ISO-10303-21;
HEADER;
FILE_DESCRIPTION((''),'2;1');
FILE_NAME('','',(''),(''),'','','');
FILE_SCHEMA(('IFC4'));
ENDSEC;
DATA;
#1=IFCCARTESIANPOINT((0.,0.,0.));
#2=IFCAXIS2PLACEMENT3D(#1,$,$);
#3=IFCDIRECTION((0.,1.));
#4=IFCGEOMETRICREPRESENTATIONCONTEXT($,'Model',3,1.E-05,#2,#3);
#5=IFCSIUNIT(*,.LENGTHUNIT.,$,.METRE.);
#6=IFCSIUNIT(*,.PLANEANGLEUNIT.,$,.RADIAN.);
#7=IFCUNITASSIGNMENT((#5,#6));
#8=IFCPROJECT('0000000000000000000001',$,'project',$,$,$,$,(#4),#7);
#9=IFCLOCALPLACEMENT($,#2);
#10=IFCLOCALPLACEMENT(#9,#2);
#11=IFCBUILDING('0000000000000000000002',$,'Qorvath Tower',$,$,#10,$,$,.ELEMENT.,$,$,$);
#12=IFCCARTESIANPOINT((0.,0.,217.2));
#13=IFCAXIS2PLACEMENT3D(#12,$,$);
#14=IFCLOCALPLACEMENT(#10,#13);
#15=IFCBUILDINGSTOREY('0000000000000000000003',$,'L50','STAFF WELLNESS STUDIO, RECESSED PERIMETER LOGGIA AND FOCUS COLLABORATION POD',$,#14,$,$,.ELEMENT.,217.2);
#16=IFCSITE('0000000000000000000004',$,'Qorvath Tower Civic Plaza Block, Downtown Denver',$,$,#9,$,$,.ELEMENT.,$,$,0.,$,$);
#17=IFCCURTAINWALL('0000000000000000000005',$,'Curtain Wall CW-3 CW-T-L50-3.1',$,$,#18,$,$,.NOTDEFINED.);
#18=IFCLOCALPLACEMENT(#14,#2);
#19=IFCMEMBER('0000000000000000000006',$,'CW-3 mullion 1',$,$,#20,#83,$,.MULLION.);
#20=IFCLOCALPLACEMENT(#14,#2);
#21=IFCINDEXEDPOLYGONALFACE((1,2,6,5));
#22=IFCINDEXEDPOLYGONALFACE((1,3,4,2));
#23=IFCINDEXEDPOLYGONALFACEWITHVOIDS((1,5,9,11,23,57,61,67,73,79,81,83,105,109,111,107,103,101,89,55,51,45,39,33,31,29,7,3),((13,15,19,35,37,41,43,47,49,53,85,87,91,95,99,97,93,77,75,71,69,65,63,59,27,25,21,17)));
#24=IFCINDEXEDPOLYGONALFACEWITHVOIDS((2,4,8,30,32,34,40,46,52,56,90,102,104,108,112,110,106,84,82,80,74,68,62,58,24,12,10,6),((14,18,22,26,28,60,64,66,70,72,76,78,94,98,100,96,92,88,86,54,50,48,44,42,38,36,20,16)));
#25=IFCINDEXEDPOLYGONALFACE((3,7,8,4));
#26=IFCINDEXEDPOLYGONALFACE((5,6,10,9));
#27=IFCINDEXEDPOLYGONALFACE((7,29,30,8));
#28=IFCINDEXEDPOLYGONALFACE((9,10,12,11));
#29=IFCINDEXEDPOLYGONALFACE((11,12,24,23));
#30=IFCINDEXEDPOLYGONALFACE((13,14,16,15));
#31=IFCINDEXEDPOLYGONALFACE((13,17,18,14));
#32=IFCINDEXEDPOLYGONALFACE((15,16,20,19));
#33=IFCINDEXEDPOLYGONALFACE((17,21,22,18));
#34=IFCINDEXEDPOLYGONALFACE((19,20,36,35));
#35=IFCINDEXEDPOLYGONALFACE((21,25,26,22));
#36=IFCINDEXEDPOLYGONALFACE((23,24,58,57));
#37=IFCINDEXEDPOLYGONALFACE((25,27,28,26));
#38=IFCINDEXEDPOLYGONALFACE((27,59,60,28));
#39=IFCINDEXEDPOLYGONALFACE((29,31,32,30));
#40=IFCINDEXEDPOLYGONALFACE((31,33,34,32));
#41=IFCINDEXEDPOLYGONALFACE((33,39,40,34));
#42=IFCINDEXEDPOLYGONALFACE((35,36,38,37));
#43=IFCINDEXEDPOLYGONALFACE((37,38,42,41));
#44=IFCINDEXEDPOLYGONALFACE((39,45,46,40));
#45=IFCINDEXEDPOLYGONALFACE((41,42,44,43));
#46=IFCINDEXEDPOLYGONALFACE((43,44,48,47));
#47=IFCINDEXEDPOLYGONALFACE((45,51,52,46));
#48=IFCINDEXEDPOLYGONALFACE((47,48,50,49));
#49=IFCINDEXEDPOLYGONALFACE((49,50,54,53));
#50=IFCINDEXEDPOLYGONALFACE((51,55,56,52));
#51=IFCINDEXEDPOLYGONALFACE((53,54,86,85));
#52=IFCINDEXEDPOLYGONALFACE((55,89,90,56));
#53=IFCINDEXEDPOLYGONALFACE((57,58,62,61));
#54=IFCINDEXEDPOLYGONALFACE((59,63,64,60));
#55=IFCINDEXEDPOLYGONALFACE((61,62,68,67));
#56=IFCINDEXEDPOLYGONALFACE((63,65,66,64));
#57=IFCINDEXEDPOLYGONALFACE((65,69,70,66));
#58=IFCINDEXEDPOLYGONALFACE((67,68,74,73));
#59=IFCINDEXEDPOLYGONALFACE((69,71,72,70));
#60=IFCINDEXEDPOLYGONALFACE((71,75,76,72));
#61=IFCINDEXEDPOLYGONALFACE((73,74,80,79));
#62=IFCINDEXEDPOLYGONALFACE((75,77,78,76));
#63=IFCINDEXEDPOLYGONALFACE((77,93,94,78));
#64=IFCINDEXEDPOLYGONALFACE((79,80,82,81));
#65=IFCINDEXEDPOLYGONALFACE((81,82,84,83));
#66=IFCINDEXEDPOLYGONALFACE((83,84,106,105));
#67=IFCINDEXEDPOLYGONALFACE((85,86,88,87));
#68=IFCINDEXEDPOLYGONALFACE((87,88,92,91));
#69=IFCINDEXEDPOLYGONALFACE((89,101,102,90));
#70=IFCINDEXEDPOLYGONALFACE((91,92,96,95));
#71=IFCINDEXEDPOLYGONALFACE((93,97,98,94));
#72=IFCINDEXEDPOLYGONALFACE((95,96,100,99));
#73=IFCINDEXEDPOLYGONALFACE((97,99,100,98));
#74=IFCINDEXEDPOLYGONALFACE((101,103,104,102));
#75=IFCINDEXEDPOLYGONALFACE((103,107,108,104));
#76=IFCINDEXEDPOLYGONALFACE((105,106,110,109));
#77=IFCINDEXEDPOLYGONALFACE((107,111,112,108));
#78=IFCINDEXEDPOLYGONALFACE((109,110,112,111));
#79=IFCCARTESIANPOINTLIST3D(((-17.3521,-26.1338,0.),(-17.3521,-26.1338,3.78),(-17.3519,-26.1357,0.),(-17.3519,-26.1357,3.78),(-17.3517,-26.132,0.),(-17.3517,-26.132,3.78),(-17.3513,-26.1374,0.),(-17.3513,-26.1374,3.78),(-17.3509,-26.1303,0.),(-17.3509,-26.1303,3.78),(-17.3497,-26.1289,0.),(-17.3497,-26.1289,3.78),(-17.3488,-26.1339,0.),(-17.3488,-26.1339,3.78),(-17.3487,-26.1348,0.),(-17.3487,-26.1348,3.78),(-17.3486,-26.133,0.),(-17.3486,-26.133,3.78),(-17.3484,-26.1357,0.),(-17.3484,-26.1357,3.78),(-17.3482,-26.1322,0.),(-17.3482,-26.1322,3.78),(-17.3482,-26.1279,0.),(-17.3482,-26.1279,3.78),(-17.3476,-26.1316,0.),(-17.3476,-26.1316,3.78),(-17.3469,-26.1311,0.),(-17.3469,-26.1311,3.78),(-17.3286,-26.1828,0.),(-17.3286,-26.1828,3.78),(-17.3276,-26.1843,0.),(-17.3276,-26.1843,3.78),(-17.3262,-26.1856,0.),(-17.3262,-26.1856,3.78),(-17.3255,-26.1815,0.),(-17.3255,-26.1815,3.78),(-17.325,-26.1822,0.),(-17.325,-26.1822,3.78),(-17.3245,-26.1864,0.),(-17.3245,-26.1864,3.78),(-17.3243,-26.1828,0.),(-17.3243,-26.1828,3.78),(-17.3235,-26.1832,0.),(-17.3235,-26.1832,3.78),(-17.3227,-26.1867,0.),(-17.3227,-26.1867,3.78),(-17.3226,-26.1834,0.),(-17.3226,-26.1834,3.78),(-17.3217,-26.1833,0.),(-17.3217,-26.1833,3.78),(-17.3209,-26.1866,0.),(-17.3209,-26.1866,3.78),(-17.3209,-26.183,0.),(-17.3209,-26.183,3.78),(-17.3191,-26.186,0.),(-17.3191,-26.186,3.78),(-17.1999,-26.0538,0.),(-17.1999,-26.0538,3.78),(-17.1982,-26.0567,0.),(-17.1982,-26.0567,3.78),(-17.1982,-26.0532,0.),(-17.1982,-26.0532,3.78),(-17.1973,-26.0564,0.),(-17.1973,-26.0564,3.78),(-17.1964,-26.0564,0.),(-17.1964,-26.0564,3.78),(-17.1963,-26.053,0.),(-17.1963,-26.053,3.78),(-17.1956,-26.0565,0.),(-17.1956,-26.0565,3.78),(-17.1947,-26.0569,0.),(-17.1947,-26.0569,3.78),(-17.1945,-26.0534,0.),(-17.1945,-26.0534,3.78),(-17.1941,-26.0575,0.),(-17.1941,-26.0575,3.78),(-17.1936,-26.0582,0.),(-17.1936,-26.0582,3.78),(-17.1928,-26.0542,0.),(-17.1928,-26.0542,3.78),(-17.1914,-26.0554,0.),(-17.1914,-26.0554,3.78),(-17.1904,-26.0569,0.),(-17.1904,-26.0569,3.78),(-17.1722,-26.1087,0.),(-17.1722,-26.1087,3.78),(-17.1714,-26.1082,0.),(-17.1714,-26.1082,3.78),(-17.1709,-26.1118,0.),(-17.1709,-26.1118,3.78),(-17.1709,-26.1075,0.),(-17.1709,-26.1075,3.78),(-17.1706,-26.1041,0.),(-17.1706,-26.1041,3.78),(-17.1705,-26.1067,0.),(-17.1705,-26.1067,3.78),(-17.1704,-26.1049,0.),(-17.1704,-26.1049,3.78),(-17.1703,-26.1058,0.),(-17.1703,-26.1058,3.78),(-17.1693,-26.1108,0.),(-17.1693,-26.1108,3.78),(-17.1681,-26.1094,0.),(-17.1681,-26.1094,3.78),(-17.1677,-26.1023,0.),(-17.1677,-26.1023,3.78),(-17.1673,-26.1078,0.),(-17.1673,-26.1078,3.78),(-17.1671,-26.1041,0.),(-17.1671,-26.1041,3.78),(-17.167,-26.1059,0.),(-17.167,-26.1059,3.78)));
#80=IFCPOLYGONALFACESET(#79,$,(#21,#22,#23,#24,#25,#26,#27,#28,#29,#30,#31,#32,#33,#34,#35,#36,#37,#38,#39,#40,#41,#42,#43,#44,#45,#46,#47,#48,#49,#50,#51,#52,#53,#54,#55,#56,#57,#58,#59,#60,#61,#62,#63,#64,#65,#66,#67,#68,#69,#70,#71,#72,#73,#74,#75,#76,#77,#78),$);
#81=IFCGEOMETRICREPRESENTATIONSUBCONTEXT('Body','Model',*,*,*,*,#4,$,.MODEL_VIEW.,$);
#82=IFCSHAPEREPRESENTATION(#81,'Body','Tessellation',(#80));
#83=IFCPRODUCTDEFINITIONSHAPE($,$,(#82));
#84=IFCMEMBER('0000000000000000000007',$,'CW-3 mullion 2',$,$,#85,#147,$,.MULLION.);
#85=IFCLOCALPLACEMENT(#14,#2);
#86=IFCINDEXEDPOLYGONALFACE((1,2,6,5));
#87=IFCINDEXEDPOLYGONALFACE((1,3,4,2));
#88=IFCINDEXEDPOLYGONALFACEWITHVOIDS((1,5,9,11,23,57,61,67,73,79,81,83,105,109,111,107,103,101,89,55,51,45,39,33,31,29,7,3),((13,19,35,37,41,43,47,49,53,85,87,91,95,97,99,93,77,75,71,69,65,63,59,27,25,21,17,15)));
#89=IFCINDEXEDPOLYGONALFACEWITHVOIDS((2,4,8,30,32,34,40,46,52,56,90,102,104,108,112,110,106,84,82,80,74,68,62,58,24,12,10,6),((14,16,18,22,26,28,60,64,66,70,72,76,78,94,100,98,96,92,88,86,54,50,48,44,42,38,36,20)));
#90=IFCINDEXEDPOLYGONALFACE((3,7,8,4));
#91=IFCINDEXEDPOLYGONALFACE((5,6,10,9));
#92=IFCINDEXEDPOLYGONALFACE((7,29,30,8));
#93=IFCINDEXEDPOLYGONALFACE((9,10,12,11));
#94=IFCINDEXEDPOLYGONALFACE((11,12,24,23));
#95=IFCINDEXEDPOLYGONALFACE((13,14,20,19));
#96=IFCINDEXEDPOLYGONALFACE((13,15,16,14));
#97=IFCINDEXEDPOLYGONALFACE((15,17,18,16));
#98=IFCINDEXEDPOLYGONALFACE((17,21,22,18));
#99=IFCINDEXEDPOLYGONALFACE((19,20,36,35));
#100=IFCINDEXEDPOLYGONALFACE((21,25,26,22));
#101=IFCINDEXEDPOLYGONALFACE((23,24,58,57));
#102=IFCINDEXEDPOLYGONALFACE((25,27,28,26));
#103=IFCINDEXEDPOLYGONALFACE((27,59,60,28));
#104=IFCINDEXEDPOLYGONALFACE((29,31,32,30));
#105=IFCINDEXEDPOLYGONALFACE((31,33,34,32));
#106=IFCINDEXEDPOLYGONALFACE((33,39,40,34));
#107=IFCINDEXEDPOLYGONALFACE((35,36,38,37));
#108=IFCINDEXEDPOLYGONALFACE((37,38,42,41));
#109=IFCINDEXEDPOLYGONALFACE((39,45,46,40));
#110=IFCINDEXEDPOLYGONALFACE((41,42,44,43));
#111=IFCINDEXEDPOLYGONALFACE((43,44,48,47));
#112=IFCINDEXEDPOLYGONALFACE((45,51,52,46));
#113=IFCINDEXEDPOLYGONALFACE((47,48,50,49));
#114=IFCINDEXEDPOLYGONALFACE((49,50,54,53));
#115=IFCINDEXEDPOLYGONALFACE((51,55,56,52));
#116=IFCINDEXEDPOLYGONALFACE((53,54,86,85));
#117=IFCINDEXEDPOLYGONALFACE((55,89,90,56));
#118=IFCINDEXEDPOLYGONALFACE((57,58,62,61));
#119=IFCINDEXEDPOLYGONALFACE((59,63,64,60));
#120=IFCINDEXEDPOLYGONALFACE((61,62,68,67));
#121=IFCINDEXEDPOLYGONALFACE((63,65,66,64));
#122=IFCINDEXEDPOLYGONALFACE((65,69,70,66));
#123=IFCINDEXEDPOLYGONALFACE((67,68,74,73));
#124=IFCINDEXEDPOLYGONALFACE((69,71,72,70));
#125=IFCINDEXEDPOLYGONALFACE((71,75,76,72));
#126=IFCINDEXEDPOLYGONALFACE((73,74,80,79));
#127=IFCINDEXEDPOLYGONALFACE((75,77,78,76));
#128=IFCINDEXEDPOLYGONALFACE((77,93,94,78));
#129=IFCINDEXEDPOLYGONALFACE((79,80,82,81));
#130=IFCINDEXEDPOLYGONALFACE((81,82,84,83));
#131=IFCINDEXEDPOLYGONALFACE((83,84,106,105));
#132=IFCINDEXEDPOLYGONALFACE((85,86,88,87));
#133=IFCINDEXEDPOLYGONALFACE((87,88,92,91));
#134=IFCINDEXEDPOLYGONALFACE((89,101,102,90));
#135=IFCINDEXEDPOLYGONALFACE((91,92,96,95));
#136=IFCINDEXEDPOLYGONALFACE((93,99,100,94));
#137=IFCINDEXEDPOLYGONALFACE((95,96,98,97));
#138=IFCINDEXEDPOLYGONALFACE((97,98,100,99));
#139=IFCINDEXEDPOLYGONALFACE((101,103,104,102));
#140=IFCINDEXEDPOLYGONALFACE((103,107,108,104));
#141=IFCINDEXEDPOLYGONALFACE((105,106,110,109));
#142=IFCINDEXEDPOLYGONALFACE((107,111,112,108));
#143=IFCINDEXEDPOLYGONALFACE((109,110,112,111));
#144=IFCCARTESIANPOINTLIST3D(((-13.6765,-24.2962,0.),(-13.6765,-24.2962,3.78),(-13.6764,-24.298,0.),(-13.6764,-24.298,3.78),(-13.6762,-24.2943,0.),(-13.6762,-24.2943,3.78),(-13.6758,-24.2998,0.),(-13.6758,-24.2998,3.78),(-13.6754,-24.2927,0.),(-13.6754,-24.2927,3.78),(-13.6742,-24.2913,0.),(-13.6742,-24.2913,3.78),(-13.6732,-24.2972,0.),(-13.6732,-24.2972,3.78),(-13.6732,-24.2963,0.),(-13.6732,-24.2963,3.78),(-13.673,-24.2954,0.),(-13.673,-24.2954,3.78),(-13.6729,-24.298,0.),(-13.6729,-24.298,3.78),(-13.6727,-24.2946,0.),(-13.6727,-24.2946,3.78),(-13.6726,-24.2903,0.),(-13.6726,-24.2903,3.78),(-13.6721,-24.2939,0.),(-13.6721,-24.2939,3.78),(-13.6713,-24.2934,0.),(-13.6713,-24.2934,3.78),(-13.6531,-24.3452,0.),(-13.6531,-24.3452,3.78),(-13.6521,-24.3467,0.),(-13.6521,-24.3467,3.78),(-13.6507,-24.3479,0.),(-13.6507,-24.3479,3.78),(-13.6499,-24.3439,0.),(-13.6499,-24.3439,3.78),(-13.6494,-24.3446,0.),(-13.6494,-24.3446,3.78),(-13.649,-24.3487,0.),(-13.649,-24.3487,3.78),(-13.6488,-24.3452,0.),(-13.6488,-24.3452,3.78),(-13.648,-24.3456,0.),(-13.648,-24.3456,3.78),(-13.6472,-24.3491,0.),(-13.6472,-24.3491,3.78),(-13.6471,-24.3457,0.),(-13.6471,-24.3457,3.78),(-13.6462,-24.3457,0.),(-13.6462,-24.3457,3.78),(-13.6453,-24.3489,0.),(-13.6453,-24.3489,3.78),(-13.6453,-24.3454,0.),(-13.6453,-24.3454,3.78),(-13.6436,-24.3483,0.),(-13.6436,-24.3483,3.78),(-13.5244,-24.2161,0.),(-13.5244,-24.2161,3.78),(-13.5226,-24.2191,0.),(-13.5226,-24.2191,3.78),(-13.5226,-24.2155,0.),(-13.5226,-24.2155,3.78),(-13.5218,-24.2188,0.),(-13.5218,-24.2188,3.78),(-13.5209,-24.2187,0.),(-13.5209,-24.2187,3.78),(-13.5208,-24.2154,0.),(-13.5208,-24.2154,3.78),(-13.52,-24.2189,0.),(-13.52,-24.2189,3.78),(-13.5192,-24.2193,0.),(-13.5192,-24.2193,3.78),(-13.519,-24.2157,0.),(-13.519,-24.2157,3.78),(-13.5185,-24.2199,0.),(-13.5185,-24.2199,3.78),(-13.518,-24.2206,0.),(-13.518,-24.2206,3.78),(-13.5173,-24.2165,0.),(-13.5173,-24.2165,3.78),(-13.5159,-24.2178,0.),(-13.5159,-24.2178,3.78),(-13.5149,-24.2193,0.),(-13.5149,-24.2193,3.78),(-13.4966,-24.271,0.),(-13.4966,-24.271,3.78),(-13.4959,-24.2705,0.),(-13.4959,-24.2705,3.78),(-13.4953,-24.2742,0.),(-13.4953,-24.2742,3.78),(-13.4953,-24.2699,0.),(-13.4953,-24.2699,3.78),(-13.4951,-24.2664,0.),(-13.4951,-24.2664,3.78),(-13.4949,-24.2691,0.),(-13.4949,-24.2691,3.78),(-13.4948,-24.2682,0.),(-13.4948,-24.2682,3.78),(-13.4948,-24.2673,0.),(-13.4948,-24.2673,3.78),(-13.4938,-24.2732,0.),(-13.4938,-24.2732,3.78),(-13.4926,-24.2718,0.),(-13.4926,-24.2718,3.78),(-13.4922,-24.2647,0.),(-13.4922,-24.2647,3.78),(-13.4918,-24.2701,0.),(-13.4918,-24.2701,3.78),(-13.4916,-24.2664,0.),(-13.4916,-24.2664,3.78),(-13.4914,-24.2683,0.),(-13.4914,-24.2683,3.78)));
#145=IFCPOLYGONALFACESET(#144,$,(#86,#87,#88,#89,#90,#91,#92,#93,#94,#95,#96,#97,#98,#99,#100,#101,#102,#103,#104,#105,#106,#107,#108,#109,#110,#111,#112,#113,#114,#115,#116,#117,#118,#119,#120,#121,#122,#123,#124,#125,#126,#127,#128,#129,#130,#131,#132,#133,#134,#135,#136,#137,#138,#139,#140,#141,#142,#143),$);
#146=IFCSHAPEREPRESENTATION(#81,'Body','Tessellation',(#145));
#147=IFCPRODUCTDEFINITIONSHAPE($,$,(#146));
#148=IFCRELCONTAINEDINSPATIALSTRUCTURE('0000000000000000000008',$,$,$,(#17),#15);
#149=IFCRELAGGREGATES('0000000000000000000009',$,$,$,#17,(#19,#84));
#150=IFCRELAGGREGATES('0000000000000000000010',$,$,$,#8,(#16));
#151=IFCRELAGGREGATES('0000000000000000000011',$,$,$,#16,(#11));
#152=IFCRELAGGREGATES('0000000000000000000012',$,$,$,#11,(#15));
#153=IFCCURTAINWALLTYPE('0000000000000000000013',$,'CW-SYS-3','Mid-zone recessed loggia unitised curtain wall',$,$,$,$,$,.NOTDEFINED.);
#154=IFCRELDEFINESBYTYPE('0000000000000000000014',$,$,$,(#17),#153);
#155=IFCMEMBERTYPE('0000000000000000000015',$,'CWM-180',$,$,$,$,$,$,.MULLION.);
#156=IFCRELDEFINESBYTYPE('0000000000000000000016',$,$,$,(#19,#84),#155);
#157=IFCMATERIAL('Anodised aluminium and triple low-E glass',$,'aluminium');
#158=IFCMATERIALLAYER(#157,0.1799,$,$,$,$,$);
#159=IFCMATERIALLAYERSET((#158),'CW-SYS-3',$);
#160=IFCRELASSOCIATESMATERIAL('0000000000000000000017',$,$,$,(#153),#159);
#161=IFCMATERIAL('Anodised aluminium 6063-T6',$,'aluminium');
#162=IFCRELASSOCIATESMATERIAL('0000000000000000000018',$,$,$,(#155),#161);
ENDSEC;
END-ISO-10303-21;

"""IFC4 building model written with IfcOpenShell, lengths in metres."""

from ifc_helpers import new_model, si_unit, direction, frame, origin, origin_2d, place, context, subcontext, project, spatial, hollow_rectangle, extrude, material, layer, layer_set, material_profile, profile_set, type_object, element, aggregate, save


model = new_model("IFC4")

# Units and contexts
model_context = context("Model", 3, precision=1e-05, world=origin(), true_north=direction((0.0, 1.0)))
body_context = subcontext(model_context, "Body", "Model", "MODEL_VIEW")
ifc_project = project(units=[si_unit("LENGTHUNIT", "METRE"), si_unit("PLANEANGLEUNIT", "RADIAN")], contexts=[model_context])

# Site, building, storey
site_placement = place(None, origin())
site = spatial("IfcSite", under=ifc_project, at=site_placement, Name="Qorvath Tower Civic Plaza Block, Downtown Denver", CompositionType="ELEMENT", RefElevation=0.0)
building_placement = place(site_placement, origin())
building = spatial("IfcBuilding", under=site, at=building_placement, Name="Qorvath Tower", CompositionType="ELEMENT")
storey_placement = place(building_placement, frame((0.0, 0.0, 217.2)))
storey = spatial("IfcBuildingStorey", under=building, at=storey_placement, Name="L50", Description="STAFF WELLNESS STUDIO, RECESSED PERIMETER LOGGIA AND FOCUS COLLABORATION POD", CompositionType="ELEMENT", Elevation=217.2)

# Curtain wall, members
ifc_material_1 = material(Name="Anodised aluminium and triple low-E glass", Category="aluminium")
ifc_layer_1 = layer(ifc_material_1, 0.1799)
ifc_layer_set_1 = layer_set([ifc_layer_1], Name="CW-SYS-3")
curtain_wall_type = type_object("IfcCurtainWallType", Name="CW-SYS-3", Description="Mid-zone recessed loggia unitised curtain wall", PredefinedType="NOTDEFINED", material=ifc_layer_set_1)
ifc_material_2 = material(Name="Anodised aluminium 6063-T6", Category="aluminium")
ifc_material_profile_1 = material_profile(ifc_material_2, hollow_rectangle(XDim=0.0649, YDim=0.1799, WallThickness=0.0034, InnerFilletRadius=0.0034, OuterFilletRadius=0.0071, at=origin_2d()), Name="CWM 180x65")
ifc_profile_set_1 = profile_set([ifc_material_profile_1], Name="Anodised aluminium 6063-T6")
member_type_1 = type_object("IfcMemberType", Name="CWM-180", PredefinedType="MULLION", material=ifc_profile_set_1)
curtain_wall_1_placement = place(storey_placement, origin())
curtain_wall_1 = element("IfcCurtainWall", 1, at=curtain_wall_1_placement, inside=storey, type_object=curtain_wall_type, Name="Curtain Wall CW-3 CW-T-L50-3.1", PredefinedType="NOTDEFINED")
member_1_placement = place(storey_placement, frame((-17.2595, -26.1199, 0.0), z_axis=(0.0, 0.0, 1.0), x_axis=(-0.447223, 0.894422, 0.0)))
member_1 = element("IfcMember", 2, at=member_1_placement, type_object=member_type_1, Name="CW-3 mullion 1", PredefinedType="MULLION", context=body_context, shape_type="SweptSolid", body=[
    extrude(hollow_rectangle(XDim=0.0649, YDim=0.1799, WallThickness=0.0034, InnerFilletRadius=0.0034, OuterFilletRadius=0.0071, at=origin_2d()), origin(), (0.0, 0.0, 1.0), 3.78),
])
member_2_placement = place(storey_placement, frame((-13.584, -24.2822, 0.0), z_axis=(0.0, 0.0, 1.0), x_axis=(-0.447223, 0.894422, 0.0)))
member_2 = element("IfcMember", 3, at=member_2_placement, type_object=member_type_1, Name="CW-3 mullion 2", PredefinedType="MULLION", context=body_context, shape_type="SweptSolid", body=[
    extrude(hollow_rectangle(XDim=0.0649, YDim=0.1799, WallThickness=0.0034, InnerFilletRadius=0.0034, OuterFilletRadius=0.0071, at=origin_2d()), origin(), (0.0, 0.0, 1.0), 3.78),
])

aggregate(curtain_wall_1, [member_1, member_2])

save(model, "model.ifc")
